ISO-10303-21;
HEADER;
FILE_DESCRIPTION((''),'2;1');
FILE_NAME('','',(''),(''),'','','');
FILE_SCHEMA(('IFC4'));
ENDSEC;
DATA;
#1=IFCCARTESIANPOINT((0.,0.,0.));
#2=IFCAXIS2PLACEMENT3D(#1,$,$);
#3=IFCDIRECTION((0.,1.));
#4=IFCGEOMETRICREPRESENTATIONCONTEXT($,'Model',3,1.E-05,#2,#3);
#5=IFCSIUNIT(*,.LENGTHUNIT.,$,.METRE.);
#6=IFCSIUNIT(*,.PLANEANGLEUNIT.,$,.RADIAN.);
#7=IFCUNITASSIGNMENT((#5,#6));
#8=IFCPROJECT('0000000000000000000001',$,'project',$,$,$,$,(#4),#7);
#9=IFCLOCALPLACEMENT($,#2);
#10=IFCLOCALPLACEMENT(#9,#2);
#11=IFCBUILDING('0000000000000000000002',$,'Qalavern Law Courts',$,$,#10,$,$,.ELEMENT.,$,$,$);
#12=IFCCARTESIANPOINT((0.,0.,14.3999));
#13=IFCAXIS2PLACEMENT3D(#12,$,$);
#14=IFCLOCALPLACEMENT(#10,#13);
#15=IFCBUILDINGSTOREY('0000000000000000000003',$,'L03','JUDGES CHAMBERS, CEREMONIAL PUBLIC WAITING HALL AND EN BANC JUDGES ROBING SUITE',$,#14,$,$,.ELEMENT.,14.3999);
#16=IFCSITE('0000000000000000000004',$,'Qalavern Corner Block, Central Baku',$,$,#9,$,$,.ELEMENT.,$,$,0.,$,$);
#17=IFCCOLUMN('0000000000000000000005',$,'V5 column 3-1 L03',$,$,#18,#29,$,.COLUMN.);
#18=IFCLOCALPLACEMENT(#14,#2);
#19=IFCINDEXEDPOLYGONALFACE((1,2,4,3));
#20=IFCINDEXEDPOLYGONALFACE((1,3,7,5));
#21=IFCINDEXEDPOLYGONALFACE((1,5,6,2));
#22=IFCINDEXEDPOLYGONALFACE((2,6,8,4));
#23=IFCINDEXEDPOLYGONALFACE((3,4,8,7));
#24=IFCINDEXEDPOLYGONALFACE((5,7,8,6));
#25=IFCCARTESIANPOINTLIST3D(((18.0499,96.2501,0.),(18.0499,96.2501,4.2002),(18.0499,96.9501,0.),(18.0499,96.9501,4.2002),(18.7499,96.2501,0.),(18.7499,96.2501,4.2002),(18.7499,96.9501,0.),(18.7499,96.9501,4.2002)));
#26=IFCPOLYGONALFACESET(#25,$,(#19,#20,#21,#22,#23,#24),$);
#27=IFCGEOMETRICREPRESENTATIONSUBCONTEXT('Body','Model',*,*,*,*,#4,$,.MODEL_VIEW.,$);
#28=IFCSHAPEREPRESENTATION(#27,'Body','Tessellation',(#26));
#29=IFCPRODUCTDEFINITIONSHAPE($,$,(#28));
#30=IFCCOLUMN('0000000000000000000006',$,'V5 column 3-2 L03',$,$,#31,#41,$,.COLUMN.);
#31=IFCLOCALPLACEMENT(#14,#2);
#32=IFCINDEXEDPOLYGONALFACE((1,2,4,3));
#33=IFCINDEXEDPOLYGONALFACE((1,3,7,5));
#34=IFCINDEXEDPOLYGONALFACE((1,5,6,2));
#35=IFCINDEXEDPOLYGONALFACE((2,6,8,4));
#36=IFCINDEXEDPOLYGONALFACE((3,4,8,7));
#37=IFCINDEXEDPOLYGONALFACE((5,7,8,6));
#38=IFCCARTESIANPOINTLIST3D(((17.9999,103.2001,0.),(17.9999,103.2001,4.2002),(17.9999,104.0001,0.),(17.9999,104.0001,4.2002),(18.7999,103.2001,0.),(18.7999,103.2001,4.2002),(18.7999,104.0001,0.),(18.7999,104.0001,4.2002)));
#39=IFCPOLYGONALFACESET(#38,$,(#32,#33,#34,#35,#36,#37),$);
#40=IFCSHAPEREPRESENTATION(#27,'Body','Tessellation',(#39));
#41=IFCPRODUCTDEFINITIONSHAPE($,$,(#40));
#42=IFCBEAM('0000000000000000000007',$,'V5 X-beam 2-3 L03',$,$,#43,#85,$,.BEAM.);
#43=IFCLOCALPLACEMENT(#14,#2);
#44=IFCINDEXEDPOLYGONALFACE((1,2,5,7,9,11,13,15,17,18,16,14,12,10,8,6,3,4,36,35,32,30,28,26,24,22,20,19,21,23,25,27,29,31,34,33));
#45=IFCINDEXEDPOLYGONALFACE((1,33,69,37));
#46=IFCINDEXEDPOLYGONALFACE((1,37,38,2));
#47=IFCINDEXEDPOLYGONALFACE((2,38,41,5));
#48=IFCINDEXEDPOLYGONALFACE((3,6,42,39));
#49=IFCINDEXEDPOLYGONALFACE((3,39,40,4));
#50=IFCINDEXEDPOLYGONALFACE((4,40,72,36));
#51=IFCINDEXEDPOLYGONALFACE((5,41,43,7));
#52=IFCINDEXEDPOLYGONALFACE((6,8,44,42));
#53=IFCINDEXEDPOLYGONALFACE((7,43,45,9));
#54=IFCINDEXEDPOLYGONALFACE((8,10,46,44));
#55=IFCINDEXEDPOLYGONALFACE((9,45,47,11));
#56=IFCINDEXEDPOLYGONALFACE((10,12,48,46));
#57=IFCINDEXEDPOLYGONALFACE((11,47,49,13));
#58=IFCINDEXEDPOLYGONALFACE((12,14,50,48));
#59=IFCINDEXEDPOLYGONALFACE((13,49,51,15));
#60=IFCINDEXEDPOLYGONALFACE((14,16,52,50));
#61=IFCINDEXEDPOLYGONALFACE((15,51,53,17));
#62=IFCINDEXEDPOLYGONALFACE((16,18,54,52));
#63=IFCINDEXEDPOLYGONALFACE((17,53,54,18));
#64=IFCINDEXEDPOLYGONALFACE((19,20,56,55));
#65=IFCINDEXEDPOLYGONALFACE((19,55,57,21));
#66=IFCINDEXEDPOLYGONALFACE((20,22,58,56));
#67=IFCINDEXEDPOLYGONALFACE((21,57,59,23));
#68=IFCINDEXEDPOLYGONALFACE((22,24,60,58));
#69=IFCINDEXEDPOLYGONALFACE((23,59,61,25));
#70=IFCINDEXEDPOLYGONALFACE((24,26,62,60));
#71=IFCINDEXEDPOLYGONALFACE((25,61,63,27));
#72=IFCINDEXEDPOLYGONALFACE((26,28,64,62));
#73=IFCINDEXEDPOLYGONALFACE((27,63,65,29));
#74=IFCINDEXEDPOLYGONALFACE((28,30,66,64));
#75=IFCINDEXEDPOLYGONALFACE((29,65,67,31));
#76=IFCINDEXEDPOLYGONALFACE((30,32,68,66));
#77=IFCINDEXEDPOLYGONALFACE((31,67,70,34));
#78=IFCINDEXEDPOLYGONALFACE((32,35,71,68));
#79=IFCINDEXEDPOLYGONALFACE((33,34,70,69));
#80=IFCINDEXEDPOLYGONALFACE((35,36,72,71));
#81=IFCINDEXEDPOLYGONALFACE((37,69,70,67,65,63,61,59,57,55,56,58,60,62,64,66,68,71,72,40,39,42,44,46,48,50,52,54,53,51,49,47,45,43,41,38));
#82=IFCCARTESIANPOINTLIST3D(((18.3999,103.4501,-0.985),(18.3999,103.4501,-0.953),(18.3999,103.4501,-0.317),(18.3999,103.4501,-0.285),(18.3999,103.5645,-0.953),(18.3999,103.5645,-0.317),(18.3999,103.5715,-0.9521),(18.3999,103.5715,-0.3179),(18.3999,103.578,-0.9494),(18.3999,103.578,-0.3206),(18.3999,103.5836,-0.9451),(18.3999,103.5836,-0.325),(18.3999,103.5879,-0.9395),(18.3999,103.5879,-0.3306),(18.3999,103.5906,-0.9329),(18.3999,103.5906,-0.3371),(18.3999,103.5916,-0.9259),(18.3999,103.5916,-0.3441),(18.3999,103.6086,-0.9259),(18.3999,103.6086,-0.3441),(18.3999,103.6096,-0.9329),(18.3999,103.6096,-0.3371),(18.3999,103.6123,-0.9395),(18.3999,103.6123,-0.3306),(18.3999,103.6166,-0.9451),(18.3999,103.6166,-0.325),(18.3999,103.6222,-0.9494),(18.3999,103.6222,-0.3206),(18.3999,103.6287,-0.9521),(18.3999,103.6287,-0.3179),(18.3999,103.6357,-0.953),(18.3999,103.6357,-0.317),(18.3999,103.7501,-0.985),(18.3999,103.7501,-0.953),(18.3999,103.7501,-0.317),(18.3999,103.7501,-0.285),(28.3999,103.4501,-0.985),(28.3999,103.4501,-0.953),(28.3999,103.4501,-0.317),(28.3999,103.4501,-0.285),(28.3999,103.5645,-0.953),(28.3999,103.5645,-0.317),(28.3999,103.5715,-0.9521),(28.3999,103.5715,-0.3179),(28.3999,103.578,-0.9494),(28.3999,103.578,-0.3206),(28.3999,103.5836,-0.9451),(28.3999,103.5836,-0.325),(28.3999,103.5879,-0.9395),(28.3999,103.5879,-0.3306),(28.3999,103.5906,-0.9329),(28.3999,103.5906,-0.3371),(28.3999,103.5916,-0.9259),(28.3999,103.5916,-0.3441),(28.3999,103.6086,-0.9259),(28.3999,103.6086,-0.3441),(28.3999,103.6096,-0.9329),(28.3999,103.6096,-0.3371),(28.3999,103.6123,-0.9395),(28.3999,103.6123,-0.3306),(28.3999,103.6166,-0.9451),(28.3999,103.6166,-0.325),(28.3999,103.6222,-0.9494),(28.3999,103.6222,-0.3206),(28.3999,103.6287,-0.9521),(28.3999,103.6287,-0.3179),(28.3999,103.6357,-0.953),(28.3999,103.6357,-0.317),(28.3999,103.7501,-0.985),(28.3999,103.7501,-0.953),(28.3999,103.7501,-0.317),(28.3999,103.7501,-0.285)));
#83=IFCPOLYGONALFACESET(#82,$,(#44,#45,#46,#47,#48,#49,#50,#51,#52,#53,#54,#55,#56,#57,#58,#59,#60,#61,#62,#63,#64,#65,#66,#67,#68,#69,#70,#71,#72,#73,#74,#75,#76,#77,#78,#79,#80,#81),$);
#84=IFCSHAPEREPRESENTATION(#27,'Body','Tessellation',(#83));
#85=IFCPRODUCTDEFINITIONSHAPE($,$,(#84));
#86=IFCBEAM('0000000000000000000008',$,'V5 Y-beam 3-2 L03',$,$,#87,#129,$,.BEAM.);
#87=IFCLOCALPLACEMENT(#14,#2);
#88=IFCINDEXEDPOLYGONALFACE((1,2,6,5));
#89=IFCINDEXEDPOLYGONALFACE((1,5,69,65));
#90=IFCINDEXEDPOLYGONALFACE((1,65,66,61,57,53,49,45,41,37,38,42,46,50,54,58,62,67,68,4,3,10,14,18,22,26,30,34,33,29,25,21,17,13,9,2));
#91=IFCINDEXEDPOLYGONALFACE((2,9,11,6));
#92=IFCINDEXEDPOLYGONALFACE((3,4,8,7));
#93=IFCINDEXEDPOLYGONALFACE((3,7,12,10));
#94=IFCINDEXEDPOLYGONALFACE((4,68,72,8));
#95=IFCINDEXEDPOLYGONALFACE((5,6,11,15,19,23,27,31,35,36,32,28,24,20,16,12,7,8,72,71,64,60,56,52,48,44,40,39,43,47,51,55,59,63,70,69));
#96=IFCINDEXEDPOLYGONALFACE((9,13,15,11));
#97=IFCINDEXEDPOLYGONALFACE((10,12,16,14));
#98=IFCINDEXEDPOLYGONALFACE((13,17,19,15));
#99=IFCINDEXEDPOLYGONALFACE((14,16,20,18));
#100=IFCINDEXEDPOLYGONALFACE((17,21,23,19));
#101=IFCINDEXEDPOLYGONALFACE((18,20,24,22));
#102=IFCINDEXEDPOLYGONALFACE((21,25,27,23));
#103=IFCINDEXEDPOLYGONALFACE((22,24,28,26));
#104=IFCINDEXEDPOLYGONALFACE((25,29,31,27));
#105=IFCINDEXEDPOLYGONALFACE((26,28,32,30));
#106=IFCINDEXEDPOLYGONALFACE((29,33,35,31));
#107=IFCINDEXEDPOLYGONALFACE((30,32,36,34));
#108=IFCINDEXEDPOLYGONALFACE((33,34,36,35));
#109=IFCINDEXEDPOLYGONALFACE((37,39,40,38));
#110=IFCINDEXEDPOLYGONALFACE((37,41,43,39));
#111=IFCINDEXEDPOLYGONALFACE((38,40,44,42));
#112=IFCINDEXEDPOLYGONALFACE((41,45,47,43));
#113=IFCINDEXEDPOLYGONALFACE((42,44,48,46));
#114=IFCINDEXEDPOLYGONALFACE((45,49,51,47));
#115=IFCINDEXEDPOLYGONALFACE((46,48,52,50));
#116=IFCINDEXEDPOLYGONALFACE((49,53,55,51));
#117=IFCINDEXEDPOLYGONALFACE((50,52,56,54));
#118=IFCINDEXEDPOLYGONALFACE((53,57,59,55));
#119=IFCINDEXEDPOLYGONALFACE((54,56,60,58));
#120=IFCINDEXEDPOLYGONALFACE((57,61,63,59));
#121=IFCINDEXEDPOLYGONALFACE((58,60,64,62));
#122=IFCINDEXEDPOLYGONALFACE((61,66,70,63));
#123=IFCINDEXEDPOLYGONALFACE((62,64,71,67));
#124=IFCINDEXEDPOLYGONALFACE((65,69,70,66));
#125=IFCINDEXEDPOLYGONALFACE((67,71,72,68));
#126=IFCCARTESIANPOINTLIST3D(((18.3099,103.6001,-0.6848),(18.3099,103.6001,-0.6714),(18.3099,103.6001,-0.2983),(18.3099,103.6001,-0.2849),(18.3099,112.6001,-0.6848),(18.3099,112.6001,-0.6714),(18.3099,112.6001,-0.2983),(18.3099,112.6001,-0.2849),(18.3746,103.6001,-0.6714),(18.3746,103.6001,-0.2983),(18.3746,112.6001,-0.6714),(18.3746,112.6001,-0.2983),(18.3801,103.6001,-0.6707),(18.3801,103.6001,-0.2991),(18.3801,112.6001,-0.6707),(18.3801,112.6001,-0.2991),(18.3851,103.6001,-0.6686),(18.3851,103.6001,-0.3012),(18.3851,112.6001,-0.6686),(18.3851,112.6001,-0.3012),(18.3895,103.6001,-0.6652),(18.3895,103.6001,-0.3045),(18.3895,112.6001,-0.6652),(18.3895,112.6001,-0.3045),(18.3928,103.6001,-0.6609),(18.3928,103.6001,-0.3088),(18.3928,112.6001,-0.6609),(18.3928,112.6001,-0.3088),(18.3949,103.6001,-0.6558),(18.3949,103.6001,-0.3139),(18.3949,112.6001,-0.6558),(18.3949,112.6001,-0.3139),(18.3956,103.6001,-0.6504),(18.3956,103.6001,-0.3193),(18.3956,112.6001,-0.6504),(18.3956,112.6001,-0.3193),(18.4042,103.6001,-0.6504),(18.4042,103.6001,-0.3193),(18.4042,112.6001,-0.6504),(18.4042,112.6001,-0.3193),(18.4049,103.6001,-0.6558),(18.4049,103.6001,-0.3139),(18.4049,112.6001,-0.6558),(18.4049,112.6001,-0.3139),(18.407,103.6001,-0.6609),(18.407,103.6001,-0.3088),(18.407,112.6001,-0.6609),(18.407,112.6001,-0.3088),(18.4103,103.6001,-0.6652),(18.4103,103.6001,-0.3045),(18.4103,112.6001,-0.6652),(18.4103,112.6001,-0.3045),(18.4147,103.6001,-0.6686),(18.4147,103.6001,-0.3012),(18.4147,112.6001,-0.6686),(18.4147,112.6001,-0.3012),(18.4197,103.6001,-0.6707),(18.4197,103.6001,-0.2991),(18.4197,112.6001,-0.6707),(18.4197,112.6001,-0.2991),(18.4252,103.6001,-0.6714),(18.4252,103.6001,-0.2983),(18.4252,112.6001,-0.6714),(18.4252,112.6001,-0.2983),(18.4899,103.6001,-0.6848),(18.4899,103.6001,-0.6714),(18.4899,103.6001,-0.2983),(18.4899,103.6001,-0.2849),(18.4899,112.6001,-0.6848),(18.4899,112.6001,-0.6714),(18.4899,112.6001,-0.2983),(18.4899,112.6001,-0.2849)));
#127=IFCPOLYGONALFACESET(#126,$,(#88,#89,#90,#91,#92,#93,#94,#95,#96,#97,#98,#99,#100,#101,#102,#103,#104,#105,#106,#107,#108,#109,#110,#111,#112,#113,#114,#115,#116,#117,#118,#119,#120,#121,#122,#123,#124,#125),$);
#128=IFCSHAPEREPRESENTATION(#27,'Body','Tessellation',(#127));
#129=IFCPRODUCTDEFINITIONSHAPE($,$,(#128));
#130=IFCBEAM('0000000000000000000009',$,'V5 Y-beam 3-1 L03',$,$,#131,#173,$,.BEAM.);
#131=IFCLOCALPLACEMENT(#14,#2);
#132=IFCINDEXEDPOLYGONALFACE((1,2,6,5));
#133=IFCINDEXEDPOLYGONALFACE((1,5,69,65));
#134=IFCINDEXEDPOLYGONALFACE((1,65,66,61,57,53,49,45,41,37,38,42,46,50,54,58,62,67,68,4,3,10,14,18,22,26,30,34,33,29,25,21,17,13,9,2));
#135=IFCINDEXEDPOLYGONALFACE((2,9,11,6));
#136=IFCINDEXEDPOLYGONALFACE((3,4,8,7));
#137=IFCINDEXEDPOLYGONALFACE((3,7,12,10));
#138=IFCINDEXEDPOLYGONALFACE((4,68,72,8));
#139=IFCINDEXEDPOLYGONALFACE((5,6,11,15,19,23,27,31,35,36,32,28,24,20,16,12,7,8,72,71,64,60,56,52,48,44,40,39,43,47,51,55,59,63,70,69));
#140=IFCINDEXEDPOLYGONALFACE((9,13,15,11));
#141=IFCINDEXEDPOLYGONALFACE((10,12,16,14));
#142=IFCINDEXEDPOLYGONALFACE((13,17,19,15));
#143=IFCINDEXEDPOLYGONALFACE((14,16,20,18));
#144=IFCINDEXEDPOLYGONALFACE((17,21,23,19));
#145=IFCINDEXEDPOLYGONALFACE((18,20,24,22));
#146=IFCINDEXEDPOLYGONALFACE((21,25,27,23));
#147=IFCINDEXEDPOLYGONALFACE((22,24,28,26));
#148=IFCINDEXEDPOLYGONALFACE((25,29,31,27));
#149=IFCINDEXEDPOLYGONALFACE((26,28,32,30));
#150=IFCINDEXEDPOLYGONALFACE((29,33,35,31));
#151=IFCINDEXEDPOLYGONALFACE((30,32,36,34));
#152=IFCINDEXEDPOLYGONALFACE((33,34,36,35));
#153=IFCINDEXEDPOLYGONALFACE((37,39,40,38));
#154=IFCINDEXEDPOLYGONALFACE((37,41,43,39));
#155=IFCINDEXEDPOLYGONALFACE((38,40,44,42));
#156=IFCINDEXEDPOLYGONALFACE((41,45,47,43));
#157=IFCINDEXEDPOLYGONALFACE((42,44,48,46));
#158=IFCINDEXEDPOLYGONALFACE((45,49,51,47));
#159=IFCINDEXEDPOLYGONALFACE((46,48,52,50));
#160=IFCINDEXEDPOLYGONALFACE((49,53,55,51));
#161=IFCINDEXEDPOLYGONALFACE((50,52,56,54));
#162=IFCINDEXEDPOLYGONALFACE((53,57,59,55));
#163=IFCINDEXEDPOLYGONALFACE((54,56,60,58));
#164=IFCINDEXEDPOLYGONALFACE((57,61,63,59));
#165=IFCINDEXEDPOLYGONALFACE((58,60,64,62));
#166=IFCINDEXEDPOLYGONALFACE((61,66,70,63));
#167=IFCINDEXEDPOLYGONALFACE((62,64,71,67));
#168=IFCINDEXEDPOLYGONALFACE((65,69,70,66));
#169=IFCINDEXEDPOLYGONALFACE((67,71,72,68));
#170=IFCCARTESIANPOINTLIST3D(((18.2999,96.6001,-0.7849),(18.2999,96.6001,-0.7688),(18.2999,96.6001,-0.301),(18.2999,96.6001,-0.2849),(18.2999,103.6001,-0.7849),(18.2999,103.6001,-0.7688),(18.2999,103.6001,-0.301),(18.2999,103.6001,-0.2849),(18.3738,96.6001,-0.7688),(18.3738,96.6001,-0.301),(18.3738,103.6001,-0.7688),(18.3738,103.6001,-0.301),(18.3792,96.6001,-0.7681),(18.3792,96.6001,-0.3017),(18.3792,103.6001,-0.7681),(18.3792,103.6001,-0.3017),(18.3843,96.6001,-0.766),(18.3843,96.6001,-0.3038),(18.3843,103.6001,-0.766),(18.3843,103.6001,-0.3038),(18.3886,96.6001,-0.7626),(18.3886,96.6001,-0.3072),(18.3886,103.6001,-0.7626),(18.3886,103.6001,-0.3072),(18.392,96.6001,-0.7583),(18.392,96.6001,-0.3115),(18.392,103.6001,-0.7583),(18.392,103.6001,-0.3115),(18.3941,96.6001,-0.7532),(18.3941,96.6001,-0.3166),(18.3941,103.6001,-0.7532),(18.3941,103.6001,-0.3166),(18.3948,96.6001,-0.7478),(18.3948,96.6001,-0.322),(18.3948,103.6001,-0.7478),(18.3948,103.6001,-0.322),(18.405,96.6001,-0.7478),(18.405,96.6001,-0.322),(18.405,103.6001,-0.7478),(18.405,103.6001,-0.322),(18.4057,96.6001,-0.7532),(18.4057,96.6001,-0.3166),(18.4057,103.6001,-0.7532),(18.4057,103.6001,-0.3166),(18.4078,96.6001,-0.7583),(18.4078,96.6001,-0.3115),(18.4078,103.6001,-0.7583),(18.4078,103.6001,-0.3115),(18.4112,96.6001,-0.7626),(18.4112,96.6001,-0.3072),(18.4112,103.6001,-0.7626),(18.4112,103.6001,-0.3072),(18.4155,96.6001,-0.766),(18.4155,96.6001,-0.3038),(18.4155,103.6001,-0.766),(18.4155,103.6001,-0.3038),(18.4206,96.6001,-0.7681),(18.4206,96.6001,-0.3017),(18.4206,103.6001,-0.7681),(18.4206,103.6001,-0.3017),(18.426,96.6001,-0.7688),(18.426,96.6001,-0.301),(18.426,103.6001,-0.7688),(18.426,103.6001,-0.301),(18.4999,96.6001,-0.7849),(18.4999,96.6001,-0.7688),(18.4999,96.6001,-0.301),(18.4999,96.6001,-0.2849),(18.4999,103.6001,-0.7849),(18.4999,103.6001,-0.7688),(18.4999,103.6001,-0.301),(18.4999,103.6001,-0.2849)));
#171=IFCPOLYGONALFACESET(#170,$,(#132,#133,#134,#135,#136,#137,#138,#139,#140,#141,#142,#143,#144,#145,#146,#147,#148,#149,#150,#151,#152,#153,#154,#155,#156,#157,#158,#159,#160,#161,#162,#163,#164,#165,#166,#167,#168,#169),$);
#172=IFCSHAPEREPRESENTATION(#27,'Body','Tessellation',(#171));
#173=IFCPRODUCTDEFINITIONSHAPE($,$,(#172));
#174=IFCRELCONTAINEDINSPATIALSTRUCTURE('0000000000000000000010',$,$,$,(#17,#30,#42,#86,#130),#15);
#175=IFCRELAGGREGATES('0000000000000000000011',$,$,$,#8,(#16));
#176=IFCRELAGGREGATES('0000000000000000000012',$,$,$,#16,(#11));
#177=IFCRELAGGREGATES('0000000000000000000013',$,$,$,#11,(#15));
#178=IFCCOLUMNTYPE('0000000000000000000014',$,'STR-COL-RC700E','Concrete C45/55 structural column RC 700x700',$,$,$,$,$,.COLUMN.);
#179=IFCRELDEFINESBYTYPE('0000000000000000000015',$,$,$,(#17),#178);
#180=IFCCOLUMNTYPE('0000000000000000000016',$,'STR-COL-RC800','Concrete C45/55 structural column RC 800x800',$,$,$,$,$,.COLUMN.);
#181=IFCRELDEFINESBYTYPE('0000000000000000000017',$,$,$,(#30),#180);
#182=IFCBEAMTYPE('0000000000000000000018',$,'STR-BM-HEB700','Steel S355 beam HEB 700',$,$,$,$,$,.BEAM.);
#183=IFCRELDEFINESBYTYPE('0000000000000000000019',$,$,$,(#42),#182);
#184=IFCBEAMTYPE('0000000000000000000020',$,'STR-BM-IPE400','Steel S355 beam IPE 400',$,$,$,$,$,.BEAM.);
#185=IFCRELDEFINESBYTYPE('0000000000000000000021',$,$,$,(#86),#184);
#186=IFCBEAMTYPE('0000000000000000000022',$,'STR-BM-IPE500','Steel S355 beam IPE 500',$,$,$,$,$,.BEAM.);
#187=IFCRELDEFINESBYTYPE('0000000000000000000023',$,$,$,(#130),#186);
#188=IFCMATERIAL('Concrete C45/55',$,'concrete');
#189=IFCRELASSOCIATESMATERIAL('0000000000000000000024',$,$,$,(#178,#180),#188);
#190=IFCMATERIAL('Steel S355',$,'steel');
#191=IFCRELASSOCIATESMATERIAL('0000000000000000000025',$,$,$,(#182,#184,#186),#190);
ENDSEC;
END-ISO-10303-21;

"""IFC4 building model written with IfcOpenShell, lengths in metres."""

from ifc_helpers import new_model, si_unit, direction, frame, origin, origin_2d, place, context, subcontext, project, spatial, rectangle, i_section, extrude, material, material_profile, profile_set, type_object, element, save


model = new_model("IFC4")

# Units and contexts
model_context = context("Model", 3, precision=1e-05, world=origin(), true_north=direction((0.0, 1.0)))
body_context = subcontext(model_context, "Body", "Model", "MODEL_VIEW")
ifc_project = project(units=[si_unit("LENGTHUNIT", "METRE"), si_unit("PLANEANGLEUNIT", "RADIAN")], contexts=[model_context])

# Site, building, storey
site_placement = place(None, origin())
site = spatial("IfcSite", under=ifc_project, at=site_placement, Name="Qalavern Corner Block, Central Baku", CompositionType="ELEMENT", RefElevation=0.0)
building_placement = place(site_placement, origin())
building = spatial("IfcBuilding", under=site, at=building_placement, Name="Qalavern Law Courts", CompositionType="ELEMENT")
storey_placement = place(building_placement, frame((0.0, 0.0, 14.3999)))
storey = spatial("IfcBuildingStorey", under=building, at=storey_placement, Name="L03", Description="JUDGES CHAMBERS, CEREMONIAL PUBLIC WAITING HALL AND EN BANC JUDGES ROBING SUITE", CompositionType="ELEMENT", Elevation=14.3999)

# Columns
ifc_material_1 = material(Name="Concrete C45/55", Category="concrete")
ifc_material_profile_1 = material_profile(ifc_material_1, rectangle(XDim=0.7, YDim=0.7, at=origin_2d()), Name="RC 700x700")
ifc_profile_set_1 = profile_set([ifc_material_profile_1], Name="Concrete C45/55")
column_type_1 = type_object("IfcColumnType", Name="STR-COL-RC700E", Description="Concrete C45/55 structural column RC 700x700", PredefinedType="COLUMN", material=ifc_profile_set_1)
column_1_placement = place(storey_placement, frame((18.3999, 96.6001, 0.0), z_axis=(0.0, 0.0, 1.0), x_axis=(1.0, 0.0, 0.0)))
element("IfcColumn", 1, at=column_1_placement, inside=storey, type_object=column_type_1, Name="V5 column 3-1 L03", PredefinedType="COLUMN", context=body_context, shape_type="SweptSolid", body=[
    extrude(rectangle(XDim=0.7, YDim=0.7, at=origin_2d()), origin(), (0.0, 0.0, 1.0), 4.2002),
])
ifc_material_profile_2 = material_profile(ifc_material_1, rectangle(XDim=0.8, YDim=0.8, at=origin_2d()), Name="RC 800x800")
ifc_profile_set_2 = profile_set([ifc_material_profile_2], Name="Concrete C45/55")
column_type_2 = type_object("IfcColumnType", Name="STR-COL-RC800", Description="Concrete C45/55 structural column RC 800x800", PredefinedType="COLUMN", material=ifc_profile_set_2)
column_2_placement = place(storey_placement, frame((18.3999, 103.6001, 0.0), z_axis=(0.0, 0.0, 1.0), x_axis=(1.0, 0.0, 0.0)))
element("IfcColumn", 2, at=column_2_placement, inside=storey, type_object=column_type_2, Name="V5 column 3-2 L03", PredefinedType="COLUMN", context=body_context, shape_type="SweptSolid", body=[
    extrude(rectangle(XDim=0.8, YDim=0.8, at=origin_2d()), origin(), (0.0, 0.0, 1.0), 4.2002),
])

# Beams
ifc_material_2 = material(Name="Steel S355", Category="steel")
ifc_material_profile_3 = material_profile(ifc_material_2, i_section(OverallWidth=0.3, OverallDepth=0.7, WebThickness=0.0171, FlangeThickness=0.032, FilletRadius=0.0271, at=origin_2d()), Name="HEB 700")
ifc_profile_set_3 = profile_set([ifc_material_profile_3], Name="Steel S355")
beam_type_1 = type_object("IfcBeamType", Name="STR-BM-HEB700", Description="Steel S355 beam HEB 700", PredefinedType="BEAM", material=ifc_profile_set_3)
beam_1_placement = place(storey_placement, frame((18.3999, 103.6001, -0.635), z_axis=(1.0, 0.0, 0.0), x_axis=(0.0, 1.0, 0.0)))
element("IfcBeam", 3, at=beam_1_placement, inside=storey, type_object=beam_type_1, Name="V5 X-beam 2-3 L03", PredefinedType="BEAM", context=body_context, shape_type="SweptSolid", body=[
    extrude(i_section(OverallWidth=0.3, OverallDepth=0.7, WebThickness=0.0171, FlangeThickness=0.032, FilletRadius=0.0271, at=origin_2d()), origin(), (0.0, 0.0, 1.0), 10.0),
])
ifc_material_profile_4 = material_profile(ifc_material_2, i_section(OverallWidth=0.1799, OverallDepth=0.3999, WebThickness=0.0085, FlangeThickness=0.0134, FilletRadius=0.021, at=origin_2d()), Name="IPE 400")
ifc_profile_set_4 = profile_set([ifc_material_profile_4], Name="Steel S355")
beam_type_2 = type_object("IfcBeamType", Name="STR-BM-IPE400", Description="Steel S355 beam IPE 400", PredefinedType="BEAM", material=ifc_profile_set_4)
beam_2_placement = place(storey_placement, frame((18.3999, 103.6001, -0.4849), z_axis=(0.0, 1.0, 0.0), x_axis=(-1.0, 0.0, 0.0)))
element("IfcBeam", 4, at=beam_2_placement, inside=storey, type_object=beam_type_2, Name="V5 Y-beam 3-2 L03", PredefinedType="BEAM", context=body_context, shape_type="SweptSolid", body=[
    extrude(i_section(OverallWidth=0.1799, OverallDepth=0.3999, WebThickness=0.0085, FlangeThickness=0.0134, FilletRadius=0.021, at=origin_2d()), origin(), (0.0, 0.0, 1.0), 9.0),
])
ifc_material_profile_5 = material_profile(ifc_material_2, i_section(OverallWidth=0.2, OverallDepth=0.5, WebThickness=0.0103, FlangeThickness=0.0161, FilletRadius=0.021, at=origin_2d()), Name="IPE 500")
ifc_profile_set_5 = profile_set([ifc_material_profile_5], Name="Steel S355")
beam_type_3 = type_object("IfcBeamType", Name="STR-BM-IPE500", Description="Steel S355 beam IPE 500", PredefinedType="BEAM", material=ifc_profile_set_5)
beam_3_placement = place(storey_placement, frame((18.3999, 96.6001, -0.5349), z_axis=(0.0, 1.0, 0.0), x_axis=(-1.0, 0.0, 0.0)))
element("IfcBeam", 5, at=beam_3_placement, inside=storey, type_object=beam_type_3, Name="V5 Y-beam 3-1 L03", PredefinedType="BEAM", context=body_context, shape_type="SweptSolid", body=[
    extrude(i_section(OverallWidth=0.2, OverallDepth=0.5, WebThickness=0.0103, FlangeThickness=0.0161, FilletRadius=0.021, at=origin_2d()), origin(), (0.0, 0.0, 1.0), 7.0),
])

save(model, "model.ifc")
